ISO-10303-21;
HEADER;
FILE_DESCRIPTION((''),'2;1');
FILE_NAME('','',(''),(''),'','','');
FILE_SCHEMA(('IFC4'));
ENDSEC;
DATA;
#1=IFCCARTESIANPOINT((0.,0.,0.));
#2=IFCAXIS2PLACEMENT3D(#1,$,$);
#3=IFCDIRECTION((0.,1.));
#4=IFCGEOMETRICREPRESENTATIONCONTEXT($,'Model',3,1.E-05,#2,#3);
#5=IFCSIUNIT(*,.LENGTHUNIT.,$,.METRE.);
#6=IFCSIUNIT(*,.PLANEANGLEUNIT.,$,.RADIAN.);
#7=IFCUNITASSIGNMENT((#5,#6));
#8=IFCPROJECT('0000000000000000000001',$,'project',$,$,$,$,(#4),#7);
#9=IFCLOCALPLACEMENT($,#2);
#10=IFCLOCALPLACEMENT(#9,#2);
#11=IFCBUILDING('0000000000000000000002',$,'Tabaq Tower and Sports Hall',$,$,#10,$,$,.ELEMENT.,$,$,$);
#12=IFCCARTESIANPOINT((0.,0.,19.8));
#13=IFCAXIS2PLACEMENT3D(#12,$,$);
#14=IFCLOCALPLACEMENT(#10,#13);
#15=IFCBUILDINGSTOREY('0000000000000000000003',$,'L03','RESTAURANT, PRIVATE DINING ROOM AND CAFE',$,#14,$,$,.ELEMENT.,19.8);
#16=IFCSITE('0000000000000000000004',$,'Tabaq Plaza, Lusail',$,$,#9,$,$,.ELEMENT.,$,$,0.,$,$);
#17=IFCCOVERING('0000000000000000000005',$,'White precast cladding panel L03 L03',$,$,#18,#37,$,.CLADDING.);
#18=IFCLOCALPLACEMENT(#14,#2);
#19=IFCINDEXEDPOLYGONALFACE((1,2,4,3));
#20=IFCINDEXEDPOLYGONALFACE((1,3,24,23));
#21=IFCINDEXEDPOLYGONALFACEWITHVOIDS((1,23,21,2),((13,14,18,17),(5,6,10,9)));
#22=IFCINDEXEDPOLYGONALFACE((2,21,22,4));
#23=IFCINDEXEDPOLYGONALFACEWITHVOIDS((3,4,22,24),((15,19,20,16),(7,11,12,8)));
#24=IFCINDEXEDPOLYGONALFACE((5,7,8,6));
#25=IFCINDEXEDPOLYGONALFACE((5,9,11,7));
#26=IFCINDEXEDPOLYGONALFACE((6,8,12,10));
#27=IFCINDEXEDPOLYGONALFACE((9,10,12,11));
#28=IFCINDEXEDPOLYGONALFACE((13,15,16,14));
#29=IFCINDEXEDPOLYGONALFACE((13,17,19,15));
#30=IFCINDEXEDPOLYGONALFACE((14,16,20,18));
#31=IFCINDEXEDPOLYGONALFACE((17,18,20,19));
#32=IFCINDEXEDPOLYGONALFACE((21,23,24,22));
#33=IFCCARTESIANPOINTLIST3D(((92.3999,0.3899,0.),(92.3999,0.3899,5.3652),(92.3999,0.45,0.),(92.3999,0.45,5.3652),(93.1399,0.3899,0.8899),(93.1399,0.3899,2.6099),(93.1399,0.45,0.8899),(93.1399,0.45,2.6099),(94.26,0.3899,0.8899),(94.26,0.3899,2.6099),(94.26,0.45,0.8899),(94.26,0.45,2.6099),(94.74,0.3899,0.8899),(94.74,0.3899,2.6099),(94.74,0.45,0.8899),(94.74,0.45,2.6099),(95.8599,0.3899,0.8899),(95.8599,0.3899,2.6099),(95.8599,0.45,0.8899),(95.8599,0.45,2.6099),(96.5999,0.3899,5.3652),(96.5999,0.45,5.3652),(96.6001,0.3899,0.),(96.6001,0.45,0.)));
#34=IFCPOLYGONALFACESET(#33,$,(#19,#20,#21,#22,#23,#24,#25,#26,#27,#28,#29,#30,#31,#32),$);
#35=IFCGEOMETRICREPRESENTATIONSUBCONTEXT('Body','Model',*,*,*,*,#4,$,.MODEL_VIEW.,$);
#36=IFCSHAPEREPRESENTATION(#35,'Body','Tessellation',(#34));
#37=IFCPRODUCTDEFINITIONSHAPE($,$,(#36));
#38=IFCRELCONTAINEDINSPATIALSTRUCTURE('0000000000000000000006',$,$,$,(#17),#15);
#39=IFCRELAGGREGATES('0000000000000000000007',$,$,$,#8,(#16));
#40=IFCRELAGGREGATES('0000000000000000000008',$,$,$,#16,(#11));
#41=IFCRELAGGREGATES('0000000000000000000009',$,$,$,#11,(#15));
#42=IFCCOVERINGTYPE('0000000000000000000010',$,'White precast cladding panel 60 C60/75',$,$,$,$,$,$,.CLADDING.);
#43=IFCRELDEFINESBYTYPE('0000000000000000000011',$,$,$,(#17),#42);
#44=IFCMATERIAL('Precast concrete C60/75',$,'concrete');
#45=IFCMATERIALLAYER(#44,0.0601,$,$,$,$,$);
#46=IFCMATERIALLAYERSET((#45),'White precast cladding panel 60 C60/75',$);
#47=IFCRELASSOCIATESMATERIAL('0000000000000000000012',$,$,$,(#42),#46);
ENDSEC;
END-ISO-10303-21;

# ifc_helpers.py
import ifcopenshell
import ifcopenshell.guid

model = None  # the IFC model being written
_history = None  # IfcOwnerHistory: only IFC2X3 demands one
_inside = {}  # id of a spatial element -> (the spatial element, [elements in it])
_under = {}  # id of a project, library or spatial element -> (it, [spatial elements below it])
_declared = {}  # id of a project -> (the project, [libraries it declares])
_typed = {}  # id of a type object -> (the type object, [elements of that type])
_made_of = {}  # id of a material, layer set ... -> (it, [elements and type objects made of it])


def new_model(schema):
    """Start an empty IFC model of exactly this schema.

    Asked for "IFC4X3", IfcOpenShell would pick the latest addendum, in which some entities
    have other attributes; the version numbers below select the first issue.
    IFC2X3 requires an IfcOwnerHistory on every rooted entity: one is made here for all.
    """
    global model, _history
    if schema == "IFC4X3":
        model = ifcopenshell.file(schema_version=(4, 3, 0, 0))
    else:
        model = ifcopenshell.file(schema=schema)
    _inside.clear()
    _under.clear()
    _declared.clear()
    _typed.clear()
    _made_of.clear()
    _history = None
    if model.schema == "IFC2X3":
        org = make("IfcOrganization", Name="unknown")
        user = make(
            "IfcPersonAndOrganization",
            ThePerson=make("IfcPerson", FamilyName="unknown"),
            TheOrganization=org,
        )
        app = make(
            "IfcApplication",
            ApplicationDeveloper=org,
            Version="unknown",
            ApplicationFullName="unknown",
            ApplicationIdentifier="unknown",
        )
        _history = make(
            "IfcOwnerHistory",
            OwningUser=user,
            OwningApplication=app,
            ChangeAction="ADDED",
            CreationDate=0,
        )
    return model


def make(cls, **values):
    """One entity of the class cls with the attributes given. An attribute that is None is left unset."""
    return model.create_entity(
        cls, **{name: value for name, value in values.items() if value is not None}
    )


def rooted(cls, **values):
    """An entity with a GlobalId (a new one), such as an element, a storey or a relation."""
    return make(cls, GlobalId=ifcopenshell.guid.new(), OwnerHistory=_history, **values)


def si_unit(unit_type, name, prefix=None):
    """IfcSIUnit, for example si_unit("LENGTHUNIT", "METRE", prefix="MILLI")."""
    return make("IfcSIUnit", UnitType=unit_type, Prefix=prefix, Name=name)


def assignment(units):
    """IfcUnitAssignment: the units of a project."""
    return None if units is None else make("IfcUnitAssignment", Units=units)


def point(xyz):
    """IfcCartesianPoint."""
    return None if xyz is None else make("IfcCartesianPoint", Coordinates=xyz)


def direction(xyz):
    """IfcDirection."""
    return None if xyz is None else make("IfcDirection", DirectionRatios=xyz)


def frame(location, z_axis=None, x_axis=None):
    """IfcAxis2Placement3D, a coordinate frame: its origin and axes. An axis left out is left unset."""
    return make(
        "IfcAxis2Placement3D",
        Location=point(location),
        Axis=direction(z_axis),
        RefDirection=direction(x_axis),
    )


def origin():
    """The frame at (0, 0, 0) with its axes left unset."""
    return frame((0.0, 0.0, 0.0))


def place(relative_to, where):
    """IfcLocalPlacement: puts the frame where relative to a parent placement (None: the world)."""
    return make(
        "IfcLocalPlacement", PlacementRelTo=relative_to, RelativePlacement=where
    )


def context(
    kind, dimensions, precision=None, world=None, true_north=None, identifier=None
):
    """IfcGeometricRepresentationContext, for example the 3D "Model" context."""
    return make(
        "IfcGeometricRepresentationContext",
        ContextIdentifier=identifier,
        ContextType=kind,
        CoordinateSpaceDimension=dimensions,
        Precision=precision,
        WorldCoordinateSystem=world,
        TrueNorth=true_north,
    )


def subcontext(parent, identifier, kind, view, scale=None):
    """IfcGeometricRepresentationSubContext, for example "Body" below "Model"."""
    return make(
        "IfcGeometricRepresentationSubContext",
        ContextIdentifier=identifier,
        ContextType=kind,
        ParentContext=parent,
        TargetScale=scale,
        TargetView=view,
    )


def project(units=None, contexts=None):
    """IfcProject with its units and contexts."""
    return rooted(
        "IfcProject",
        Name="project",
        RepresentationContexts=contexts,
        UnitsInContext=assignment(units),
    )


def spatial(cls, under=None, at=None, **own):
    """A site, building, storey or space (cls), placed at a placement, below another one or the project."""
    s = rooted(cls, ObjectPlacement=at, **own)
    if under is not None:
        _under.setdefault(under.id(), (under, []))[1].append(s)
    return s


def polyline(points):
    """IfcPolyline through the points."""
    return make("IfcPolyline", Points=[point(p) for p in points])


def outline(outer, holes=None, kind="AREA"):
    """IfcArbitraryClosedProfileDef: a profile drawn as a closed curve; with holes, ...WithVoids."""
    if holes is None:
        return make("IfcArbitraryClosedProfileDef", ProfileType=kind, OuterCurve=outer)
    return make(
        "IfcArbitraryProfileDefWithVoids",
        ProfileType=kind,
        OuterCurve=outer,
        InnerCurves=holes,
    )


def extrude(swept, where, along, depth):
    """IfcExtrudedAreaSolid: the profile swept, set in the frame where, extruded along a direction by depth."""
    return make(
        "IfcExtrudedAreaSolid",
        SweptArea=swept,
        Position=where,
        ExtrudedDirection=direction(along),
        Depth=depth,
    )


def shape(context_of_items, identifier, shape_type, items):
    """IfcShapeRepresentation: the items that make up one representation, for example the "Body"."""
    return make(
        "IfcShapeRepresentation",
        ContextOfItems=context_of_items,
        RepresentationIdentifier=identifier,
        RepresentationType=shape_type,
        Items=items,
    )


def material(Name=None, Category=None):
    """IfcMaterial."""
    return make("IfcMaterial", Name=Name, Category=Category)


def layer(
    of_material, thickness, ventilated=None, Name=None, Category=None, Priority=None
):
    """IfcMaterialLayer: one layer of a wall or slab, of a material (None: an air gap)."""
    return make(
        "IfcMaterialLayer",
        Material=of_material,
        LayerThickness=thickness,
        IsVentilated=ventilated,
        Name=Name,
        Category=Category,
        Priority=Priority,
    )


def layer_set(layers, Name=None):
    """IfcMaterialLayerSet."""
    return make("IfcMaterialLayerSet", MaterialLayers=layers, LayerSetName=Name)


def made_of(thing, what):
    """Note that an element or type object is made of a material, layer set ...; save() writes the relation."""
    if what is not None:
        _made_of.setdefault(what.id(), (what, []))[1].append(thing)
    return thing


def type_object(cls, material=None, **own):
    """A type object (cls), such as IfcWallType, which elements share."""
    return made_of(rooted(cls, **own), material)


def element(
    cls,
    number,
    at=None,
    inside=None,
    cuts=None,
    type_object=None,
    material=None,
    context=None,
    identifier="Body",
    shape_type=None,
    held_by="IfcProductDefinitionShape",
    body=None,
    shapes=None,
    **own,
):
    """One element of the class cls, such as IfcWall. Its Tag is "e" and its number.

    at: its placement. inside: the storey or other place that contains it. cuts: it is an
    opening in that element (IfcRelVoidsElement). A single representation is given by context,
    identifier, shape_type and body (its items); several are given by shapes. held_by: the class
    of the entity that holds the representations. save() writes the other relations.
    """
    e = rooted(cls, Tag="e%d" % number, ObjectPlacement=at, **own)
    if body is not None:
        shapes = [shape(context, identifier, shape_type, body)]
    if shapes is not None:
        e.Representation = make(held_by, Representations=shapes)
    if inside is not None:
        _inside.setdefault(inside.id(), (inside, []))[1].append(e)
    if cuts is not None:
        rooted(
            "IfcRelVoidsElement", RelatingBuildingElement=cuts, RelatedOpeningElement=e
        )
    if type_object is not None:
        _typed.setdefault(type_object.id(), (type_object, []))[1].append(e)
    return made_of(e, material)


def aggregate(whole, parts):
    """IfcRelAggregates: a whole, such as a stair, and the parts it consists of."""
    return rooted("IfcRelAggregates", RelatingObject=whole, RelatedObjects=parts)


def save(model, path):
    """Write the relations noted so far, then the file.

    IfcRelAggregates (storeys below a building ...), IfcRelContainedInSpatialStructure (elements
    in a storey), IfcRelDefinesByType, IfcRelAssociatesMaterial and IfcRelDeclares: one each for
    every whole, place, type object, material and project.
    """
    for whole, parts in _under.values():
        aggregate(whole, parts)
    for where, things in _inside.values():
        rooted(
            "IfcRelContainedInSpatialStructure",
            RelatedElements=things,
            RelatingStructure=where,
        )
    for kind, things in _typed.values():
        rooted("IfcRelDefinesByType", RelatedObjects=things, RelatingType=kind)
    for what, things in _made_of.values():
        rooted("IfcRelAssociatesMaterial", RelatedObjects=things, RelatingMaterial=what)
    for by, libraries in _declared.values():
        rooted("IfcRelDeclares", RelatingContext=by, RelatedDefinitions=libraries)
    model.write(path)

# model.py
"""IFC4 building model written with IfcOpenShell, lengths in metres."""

from ifc_helpers import new_model, si_unit, direction, frame, origin, place, context, subcontext, project, spatial, polyline, outline, extrude, material, layer, layer_set, type_object, element, save


model = new_model("IFC4")

# Units and contexts
model_context = context("Model", 3, precision=1e-05, world=origin(), true_north=direction((0.0, 1.0)))
body_context = subcontext(model_context, "Body", "Model", "MODEL_VIEW")
ifc_project = project(units=[si_unit("LENGTHUNIT", "METRE"), si_unit("PLANEANGLEUNIT", "RADIAN")], contexts=[model_context])

# Site, building, storey
site_placement = place(None, origin())
site = spatial("IfcSite", under=ifc_project, at=site_placement, Name="Tabaq Plaza, Lusail", CompositionType="ELEMENT", RefElevation=0.0)
building_placement = place(site_placement, origin())
building = spatial("IfcBuilding", under=site, at=building_placement, Name="Tabaq Tower and Sports Hall", CompositionType="ELEMENT")
storey_placement = place(building_placement, frame((0.0, 0.0, 19.8)))
storey = spatial("IfcBuildingStorey", under=building, at=storey_placement, Name="L03", Description="RESTAURANT, PRIVATE DINING ROOM AND CAFE", CompositionType="ELEMENT", Elevation=19.8)

# Covering
ifc_material_1 = material(Name="Precast concrete C60/75", Category="concrete")
ifc_layer_1 = layer(ifc_material_1, 0.0601)
ifc_layer_set_1 = layer_set([ifc_layer_1], Name="White precast cladding panel 60 C60/75")
covering_type = type_object("IfcCoveringType", Name="White precast cladding panel 60 C60/75", PredefinedType="CLADDING", material=ifc_layer_set_1)
covering_1_placement = place(storey_placement, frame((92.3999, 0.4199, 0.0), z_axis=(0.0, 0.0, 1.0), x_axis=(1.0, 0.0, 0.0)))
element("IfcCovering", 1, at=covering_1_placement, inside=storey, type_object=covering_type, Name="White precast cladding panel L03 L03", PredefinedType="CLADDING", context=body_context, shape_type="SweptSolid", body=[
    extrude(outline(polyline([(0.0, 0.0), (4.2002, 0.0), (4.2, 5.3652), (0.0, 5.3652), (0.0, 0.0)]), holes=[polyline([(0.74, 2.6099), (1.8601, 2.6099), (1.8601, 0.8899), (0.74, 0.8899), (0.74, 2.6099)]), polyline([(2.3401, 2.6099), (3.46, 2.6099), (3.46, 0.8899), (2.3401, 0.8899), (2.3401, 2.6099)])]), frame((0.0, 0.03, 0.0), z_axis=(0.0, -1.0, 0.0), x_axis=(1.0, 0.0, 0.0)), (0.0, 0.0, 1.0), 0.0601),
])

save(model, "model.ifc")
